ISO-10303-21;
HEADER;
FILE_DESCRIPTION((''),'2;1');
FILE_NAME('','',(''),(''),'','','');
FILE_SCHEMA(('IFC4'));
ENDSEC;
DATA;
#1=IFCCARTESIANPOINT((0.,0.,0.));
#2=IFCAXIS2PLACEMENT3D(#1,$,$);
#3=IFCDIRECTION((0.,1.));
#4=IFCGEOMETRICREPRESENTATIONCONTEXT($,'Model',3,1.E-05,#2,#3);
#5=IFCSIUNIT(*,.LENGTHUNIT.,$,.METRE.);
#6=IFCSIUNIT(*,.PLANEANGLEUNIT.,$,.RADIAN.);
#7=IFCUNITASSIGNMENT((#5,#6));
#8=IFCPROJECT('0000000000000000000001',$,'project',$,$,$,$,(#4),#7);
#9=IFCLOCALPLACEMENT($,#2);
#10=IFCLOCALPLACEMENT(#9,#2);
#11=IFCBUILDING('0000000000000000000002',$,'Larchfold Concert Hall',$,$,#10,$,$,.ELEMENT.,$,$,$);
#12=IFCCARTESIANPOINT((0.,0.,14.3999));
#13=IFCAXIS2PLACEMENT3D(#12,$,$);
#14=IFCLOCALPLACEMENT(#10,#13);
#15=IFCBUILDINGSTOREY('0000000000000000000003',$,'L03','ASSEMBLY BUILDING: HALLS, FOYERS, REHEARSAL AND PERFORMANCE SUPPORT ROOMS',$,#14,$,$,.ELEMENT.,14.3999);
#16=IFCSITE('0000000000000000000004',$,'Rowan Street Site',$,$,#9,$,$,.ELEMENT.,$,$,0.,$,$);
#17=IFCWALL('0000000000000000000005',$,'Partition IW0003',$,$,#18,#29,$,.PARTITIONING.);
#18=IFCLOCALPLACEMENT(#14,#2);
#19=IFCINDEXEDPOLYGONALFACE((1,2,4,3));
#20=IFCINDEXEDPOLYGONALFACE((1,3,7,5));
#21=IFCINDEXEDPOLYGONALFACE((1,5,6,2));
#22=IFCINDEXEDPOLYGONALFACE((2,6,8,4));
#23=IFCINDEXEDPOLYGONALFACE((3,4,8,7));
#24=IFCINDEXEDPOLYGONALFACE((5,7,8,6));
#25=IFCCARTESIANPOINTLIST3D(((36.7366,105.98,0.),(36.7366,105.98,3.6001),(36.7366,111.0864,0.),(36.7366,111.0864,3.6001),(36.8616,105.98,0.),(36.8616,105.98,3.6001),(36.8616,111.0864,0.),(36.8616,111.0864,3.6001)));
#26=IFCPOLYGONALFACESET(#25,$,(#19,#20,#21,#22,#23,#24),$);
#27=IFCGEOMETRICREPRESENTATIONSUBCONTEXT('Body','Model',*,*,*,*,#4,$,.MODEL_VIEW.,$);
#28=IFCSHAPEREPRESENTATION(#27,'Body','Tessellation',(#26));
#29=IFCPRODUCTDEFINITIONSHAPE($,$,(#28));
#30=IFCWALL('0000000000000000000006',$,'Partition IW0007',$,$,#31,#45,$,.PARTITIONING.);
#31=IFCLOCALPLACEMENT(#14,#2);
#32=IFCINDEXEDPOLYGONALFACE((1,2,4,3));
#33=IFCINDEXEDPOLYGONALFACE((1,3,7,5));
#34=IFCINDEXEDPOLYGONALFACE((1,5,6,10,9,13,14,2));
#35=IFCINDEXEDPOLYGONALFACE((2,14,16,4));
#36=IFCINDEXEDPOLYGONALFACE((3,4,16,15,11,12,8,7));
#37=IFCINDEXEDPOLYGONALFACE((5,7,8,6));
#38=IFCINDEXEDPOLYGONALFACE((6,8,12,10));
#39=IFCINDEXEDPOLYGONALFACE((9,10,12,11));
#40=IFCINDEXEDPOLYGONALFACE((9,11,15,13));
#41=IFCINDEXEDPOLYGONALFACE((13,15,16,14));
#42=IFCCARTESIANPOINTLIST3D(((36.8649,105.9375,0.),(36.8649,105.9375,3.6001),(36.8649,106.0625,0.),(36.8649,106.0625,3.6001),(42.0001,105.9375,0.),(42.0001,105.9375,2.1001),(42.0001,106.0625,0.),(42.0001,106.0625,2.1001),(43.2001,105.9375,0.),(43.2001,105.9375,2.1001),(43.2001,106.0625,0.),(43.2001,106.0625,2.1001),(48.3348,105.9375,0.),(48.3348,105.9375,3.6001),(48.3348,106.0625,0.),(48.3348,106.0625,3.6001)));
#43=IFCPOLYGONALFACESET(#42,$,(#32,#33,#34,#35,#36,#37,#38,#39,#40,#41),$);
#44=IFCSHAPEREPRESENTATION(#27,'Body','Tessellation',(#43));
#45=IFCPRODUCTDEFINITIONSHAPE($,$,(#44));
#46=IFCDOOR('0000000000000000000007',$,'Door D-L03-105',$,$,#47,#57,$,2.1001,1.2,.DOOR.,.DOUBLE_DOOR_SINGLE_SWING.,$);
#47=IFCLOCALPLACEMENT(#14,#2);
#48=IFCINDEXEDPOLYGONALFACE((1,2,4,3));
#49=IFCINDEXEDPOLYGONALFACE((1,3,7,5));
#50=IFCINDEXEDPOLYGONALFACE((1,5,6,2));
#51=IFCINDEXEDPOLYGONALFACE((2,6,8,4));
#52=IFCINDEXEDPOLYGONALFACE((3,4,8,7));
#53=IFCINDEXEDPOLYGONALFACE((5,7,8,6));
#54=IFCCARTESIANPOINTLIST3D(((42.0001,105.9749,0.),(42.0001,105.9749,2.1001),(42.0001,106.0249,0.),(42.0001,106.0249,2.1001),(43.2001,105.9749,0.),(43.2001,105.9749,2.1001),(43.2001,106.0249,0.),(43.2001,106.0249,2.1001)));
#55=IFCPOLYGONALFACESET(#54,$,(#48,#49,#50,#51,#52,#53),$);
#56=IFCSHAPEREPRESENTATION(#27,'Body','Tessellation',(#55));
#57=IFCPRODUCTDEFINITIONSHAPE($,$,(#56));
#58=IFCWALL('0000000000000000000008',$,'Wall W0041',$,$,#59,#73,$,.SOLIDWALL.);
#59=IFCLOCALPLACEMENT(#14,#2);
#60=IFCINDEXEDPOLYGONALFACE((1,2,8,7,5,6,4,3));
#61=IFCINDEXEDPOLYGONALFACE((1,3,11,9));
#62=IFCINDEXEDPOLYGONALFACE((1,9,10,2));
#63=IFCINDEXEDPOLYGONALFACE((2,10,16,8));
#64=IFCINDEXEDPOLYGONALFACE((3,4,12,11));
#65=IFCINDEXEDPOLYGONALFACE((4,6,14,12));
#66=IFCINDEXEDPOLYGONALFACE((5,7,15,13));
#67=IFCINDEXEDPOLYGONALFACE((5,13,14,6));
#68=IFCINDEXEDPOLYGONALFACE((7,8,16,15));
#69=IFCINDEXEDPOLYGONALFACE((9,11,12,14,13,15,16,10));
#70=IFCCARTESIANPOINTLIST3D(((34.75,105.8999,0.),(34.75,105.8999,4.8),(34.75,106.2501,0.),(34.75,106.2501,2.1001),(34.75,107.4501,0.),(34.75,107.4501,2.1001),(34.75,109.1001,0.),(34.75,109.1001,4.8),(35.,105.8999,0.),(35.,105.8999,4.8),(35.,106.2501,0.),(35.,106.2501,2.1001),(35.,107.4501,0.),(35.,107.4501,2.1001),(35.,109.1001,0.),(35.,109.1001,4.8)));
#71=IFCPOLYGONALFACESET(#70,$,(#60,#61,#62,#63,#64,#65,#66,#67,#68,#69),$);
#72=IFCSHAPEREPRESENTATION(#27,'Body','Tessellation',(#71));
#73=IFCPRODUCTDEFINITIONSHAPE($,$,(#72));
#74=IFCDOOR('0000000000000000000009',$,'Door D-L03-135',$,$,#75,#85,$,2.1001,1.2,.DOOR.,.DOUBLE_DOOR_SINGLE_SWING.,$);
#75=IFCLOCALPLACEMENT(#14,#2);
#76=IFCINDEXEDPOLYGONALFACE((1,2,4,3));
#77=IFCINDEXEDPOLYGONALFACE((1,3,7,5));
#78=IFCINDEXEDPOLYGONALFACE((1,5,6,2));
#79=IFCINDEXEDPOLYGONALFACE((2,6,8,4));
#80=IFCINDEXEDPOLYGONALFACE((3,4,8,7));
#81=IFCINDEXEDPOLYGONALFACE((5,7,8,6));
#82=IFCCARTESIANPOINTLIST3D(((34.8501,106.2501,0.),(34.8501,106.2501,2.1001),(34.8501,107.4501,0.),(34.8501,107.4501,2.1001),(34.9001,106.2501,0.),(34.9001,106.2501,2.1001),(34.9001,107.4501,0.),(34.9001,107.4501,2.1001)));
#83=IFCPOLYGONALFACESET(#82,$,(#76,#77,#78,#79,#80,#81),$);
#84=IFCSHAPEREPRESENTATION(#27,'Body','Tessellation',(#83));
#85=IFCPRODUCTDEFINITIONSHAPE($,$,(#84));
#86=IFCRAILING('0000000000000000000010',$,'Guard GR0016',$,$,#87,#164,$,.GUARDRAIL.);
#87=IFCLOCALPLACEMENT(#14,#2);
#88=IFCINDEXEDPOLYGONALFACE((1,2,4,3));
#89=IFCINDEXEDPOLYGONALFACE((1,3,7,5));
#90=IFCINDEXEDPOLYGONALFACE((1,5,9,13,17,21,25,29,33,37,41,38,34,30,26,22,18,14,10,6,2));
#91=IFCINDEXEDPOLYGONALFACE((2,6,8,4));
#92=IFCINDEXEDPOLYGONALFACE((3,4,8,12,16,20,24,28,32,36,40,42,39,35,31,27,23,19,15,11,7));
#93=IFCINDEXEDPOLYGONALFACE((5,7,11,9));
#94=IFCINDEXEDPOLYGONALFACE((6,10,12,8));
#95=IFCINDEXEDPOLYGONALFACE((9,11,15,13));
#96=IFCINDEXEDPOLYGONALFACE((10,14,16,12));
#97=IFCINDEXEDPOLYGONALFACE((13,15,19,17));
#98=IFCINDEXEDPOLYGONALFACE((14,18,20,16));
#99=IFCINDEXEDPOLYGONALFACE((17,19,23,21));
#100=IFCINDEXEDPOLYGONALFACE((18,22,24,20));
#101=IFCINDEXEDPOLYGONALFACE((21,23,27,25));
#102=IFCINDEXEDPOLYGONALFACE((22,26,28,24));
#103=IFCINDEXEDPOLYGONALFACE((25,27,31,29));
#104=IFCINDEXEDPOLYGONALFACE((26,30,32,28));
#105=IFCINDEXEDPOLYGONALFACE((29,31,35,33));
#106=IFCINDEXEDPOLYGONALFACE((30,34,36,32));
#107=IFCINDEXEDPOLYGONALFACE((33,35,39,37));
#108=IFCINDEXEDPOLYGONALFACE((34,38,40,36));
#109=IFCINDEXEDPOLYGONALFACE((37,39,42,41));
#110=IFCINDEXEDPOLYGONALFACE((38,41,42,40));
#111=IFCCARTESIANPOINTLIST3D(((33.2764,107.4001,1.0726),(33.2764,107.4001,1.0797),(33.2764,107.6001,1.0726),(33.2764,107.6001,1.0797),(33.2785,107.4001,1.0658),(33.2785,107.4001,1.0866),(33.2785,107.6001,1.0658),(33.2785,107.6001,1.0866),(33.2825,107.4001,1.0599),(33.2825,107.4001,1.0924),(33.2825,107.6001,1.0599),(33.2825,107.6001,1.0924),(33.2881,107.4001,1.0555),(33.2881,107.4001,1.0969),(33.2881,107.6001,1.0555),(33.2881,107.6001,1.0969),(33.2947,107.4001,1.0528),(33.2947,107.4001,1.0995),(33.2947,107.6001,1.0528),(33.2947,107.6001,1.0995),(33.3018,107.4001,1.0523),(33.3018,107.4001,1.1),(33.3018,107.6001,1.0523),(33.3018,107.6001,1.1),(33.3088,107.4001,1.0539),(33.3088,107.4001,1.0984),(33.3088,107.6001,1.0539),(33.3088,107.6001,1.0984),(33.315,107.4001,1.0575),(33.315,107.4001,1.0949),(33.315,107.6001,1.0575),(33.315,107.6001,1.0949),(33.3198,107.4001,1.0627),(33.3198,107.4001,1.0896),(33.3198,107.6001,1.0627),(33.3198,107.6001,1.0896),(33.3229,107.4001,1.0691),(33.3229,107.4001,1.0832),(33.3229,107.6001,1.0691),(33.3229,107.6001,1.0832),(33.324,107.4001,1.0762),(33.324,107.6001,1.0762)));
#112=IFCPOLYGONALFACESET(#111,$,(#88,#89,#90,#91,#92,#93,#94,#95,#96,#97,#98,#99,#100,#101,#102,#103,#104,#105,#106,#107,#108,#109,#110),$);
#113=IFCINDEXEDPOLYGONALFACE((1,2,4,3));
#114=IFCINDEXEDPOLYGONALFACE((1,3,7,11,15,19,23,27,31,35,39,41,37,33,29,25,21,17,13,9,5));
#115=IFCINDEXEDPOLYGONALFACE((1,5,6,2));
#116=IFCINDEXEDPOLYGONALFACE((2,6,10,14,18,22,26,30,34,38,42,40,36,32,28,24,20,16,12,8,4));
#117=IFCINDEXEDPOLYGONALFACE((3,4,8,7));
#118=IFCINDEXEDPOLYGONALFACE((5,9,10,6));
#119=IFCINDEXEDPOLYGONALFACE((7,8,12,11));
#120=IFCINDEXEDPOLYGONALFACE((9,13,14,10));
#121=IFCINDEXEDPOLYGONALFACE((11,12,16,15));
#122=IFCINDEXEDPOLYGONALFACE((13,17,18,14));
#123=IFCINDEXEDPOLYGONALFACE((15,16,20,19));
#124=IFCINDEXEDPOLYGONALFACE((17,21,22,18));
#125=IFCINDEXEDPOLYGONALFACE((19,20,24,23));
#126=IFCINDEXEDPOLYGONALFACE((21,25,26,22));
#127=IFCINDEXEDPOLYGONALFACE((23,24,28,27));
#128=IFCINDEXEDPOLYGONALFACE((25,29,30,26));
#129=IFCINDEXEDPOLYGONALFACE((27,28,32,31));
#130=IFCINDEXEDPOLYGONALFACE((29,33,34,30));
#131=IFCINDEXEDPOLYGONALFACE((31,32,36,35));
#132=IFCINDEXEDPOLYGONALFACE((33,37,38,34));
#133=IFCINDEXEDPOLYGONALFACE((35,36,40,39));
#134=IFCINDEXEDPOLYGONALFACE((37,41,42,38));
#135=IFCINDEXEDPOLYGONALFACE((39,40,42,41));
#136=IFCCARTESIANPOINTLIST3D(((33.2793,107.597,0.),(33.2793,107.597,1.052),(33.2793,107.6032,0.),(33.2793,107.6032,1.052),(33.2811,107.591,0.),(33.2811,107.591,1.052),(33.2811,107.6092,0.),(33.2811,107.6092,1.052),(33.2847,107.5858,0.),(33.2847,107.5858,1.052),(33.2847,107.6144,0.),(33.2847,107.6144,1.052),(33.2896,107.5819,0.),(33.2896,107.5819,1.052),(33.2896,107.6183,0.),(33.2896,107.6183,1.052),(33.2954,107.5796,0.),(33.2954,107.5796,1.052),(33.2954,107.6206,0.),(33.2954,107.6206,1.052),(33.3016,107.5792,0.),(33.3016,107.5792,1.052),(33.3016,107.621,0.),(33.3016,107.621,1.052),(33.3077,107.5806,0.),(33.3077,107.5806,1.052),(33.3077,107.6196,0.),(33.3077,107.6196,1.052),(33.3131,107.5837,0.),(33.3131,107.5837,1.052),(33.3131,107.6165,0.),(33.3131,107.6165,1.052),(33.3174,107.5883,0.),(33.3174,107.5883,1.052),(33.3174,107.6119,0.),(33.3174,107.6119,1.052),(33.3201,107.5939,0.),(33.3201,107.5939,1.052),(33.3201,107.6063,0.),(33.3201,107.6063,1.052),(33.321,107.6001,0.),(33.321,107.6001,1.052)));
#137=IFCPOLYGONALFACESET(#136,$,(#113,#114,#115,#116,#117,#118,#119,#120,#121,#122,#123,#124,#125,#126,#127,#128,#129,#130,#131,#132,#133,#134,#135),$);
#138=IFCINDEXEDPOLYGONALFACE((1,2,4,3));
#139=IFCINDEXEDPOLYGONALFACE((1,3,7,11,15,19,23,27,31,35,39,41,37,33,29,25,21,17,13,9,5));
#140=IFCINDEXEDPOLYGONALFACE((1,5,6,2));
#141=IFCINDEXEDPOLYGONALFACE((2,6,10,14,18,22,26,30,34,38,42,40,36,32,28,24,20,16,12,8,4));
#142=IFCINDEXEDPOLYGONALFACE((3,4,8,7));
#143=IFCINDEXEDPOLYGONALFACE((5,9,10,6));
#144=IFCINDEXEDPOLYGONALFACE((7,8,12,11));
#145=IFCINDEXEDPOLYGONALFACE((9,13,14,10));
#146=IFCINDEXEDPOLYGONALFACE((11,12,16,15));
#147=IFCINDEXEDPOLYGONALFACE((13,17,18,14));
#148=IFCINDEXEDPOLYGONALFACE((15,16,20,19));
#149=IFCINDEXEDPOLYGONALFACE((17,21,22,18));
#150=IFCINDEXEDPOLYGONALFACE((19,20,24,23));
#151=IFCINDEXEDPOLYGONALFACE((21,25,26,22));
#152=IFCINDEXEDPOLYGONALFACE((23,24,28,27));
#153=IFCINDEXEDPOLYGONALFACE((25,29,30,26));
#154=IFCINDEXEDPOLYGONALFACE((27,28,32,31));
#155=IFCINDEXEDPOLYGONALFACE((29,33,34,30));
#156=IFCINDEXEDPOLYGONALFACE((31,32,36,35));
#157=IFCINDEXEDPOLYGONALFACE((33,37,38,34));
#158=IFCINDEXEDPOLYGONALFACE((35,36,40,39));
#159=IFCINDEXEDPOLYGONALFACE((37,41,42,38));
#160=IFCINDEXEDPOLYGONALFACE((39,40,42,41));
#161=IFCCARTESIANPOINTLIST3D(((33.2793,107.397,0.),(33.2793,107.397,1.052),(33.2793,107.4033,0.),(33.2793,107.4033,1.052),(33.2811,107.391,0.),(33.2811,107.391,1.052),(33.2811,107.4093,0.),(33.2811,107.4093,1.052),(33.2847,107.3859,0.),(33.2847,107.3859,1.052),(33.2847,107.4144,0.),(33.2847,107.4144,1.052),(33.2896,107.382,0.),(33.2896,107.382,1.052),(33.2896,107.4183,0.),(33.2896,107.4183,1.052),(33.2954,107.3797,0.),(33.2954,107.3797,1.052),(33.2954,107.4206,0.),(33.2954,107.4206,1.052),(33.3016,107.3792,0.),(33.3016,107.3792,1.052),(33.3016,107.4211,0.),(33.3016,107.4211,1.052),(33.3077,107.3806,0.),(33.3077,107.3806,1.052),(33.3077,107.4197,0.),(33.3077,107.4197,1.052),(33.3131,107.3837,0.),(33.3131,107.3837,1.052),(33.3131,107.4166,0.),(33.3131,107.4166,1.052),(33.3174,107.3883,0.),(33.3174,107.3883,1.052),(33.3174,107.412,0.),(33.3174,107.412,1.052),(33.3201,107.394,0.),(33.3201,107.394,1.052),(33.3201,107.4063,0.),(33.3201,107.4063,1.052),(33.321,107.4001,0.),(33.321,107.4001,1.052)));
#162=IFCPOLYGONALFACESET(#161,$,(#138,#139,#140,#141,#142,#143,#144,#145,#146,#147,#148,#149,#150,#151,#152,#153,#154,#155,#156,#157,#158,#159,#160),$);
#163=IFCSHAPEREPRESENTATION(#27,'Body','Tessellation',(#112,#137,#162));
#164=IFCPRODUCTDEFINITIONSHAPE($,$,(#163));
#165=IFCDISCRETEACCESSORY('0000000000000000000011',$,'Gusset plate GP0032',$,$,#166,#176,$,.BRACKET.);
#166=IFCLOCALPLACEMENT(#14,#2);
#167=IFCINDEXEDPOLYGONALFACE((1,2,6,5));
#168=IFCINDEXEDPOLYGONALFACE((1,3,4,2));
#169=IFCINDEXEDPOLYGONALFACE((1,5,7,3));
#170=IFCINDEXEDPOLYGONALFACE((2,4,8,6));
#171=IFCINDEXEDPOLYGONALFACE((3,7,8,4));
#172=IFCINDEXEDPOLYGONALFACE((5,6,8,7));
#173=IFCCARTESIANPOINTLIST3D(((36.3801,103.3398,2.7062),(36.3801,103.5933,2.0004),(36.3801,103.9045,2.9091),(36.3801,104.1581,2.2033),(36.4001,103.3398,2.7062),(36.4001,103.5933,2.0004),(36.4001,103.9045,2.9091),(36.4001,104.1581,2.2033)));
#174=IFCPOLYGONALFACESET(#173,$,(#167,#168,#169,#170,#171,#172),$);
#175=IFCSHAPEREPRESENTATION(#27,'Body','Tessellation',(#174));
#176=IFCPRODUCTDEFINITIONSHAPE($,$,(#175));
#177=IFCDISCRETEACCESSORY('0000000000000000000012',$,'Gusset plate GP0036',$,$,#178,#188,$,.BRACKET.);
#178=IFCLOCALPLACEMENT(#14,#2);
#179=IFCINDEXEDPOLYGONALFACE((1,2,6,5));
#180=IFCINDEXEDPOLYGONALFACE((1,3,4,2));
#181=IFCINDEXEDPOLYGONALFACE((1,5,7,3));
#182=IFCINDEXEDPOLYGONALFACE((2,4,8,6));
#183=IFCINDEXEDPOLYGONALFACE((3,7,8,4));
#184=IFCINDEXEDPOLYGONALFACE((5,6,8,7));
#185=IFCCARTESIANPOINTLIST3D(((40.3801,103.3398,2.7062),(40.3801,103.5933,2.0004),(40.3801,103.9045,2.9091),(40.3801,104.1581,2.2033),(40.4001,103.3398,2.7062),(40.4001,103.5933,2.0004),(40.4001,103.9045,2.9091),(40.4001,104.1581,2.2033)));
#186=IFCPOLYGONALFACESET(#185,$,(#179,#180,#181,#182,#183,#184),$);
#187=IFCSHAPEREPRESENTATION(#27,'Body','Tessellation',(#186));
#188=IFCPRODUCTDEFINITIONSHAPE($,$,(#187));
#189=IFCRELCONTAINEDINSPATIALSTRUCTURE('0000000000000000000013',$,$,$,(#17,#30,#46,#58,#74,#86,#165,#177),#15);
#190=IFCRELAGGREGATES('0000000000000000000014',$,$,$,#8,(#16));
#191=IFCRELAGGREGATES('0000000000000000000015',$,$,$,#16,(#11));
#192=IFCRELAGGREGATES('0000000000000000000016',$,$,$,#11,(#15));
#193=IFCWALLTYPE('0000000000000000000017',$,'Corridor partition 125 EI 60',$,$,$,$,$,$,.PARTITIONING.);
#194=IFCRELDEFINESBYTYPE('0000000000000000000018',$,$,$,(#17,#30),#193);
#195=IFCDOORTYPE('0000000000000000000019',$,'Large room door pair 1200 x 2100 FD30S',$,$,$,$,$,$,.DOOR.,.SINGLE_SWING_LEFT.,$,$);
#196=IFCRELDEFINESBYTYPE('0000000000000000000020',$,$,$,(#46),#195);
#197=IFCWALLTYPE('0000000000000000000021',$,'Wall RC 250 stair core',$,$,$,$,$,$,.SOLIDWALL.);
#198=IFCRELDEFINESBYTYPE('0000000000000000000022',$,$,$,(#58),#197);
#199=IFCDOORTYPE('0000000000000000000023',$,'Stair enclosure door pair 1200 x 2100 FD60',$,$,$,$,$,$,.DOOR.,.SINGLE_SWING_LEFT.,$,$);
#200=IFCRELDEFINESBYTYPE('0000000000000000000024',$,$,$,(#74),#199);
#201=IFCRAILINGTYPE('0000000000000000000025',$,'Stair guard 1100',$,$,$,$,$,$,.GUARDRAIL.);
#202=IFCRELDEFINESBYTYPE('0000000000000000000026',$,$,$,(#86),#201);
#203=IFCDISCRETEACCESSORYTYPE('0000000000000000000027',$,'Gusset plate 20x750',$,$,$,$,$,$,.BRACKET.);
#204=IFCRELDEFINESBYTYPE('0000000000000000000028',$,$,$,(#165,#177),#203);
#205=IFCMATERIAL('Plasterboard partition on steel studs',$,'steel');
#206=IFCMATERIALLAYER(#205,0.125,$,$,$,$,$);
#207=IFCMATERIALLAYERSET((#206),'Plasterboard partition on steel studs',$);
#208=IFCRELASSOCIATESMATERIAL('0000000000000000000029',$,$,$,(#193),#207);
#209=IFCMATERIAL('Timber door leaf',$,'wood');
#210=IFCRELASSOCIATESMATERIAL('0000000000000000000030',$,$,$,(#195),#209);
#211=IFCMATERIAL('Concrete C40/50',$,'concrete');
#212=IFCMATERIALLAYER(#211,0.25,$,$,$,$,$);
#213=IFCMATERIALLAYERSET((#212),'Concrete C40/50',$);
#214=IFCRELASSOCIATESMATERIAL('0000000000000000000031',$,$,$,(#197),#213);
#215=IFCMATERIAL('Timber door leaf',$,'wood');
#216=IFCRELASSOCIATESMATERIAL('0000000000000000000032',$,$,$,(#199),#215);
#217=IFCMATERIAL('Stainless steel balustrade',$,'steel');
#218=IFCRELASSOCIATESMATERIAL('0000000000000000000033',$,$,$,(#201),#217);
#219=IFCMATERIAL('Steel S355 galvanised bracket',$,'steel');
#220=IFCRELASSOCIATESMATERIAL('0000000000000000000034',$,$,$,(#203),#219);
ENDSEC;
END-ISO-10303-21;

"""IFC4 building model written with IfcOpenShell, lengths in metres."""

from ifc_helpers import new_model, si_unit, direction, frame, frame_2d, origin, origin_2d, place, context, subcontext, project, spatial, rectangle, circle, extrude, material, layer, layer_set, material_profile, profile_set, type_object, element, fill, save


model = new_model("IFC4")

# Units and contexts
model_context = context("Model", 3, precision=1e-05, world=origin(), true_north=direction((0.0, 1.0)))
body_context = subcontext(model_context, "Body", "Model", "MODEL_VIEW")
ifc_project = project(units=[si_unit("LENGTHUNIT", "METRE"), si_unit("PLANEANGLEUNIT", "RADIAN")], contexts=[model_context])

# Site, building, storey
site_placement = place(None, origin())
site = spatial("IfcSite", under=ifc_project, at=site_placement, Name="Rowan Street Site", CompositionType="ELEMENT", RefElevation=0.0)
building_placement = place(site_placement, origin())
building = spatial("IfcBuilding", under=site, at=building_placement, Name="Larchfold Concert Hall", CompositionType="ELEMENT")
storey_placement = place(building_placement, frame((0.0, 0.0, 14.3999)))
storey = spatial("IfcBuildingStorey", under=building, at=storey_placement, Name="L03", Description="ASSEMBLY BUILDING: HALLS, FOYERS, REHEARSAL AND PERFORMANCE SUPPORT ROOMS", CompositionType="ELEMENT", Elevation=14.3999)

# Wall
ifc_material_1 = material(Name="Plasterboard partition on steel studs", Category="steel")
ifc_layer_1 = layer(ifc_material_1, 0.125)
ifc_layer_set_1 = layer_set([ifc_layer_1], Name="Plasterboard partition on steel studs")
wall_type_1 = type_object("IfcWallType", Name="Corridor partition 125 EI 60", PredefinedType="PARTITIONING", material=ifc_layer_set_1)
wall_1_placement = place(storey_placement, frame((36.7991, 111.0864, 0.0), z_axis=(0.0, 0.0, 1.0), x_axis=(0.0, -1.0, 0.0)))
element("IfcWall", 1, at=wall_1_placement, inside=storey, type_object=wall_type_1, Name="Partition IW0003", PredefinedType="PARTITIONING", context=body_context, shape_type="SweptSolid", body=[
    extrude(rectangle(XDim=5.1064, YDim=0.125, at=frame_2d((2.5532, 0.0))), origin(), (0.0, 0.0, 1.0), 3.6001),
])

# Walls, openings, doors
wall_2_placement = place(storey_placement, frame((36.865, 106.0, 0.0), z_axis=(0.0, 0.0, 1.0), x_axis=(1.0, 0.0, 0.0)))
wall_2 = element("IfcWall", 2, at=wall_2_placement, inside=storey, type_object=wall_type_1, Name="Partition IW0007", PredefinedType="PARTITIONING", context=body_context, shape_type="SweptSolid", body=[
    extrude(rectangle(XDim=11.47, YDim=0.125, at=frame_2d((5.7349, 0.0))), origin(), (0.0, 0.0, 1.0), 3.6001),
])
opening_1_placement = place(wall_2_placement, frame((5.135, 0.0, 0.0)))
opening_1 = element("IfcOpeningElement", 3, at=opening_1_placement, cuts=wall_2, PredefinedType="OPENING", context=body_context, shape_type="SweptSolid", body=[
    extrude(rectangle(XDim=1.2, YDim=2.1001, at=frame_2d((0.6001, 1.05))), frame((0.0, 0.0725, 0.0), z_axis=(0.0, -1.0, 0.0), x_axis=(1.0, 0.0, 0.0)), (0.0, 0.0, 1.0), 0.145),
])
ifc_material_2 = material(Name="Timber door leaf", Category="wood")
door_type_1 = type_object("IfcDoorType", Name="Large room door pair 1200 x 2100 FD30S", OperationType="SINGLE_SWING_LEFT", PredefinedType="DOOR", material=ifc_material_2)
door_1_placement = place(opening_1_placement, origin())
door_1 = element("IfcDoor", 4, at=door_1_placement, inside=storey, type_object=door_type_1, Name="Door D-L03-105", OperationType="DOUBLE_DOOR_SINGLE_SWING", OverallHeight=2.1001, OverallWidth=1.2, PredefinedType="DOOR", context=body_context, shape_type="SweptSolid", body=[
    extrude(rectangle(XDim=1.2, YDim=2.1001, at=frame_2d((0.6001, 1.05))), frame((0.0, 0.0249, 0.0), z_axis=(0.0, -1.0, 0.0), x_axis=(1.0, 0.0, 0.0)), (0.0, 0.0, 1.0), 0.05),
])
fill(opening_1, door_1)
ifc_material_3 = material(Name="Concrete C40/50", Category="concrete")
ifc_layer_2 = layer(ifc_material_3, 0.25)
ifc_layer_set_2 = layer_set([ifc_layer_2], Name="Concrete C40/50")
wall_type_2 = type_object("IfcWallType", Name="Wall RC 250 stair core", PredefinedType="SOLIDWALL", material=ifc_layer_set_2)
wall_3_placement = place(storey_placement, frame((34.875, 105.8999, 0.0), z_axis=(0.0, 0.0, 1.0), x_axis=(0.0, 1.0, 0.0)))
wall_3 = element("IfcWall", 5, at=wall_3_placement, inside=storey, type_object=wall_type_2, Name="Wall W0041", PredefinedType="SOLIDWALL", context=body_context, shape_type="SweptSolid", body=[
    extrude(rectangle(XDim=3.2002, YDim=0.25, at=frame_2d((1.6001, 0.0))), origin(), (0.0, 0.0, 1.0), 4.8),
])
opening_2_placement = place(wall_3_placement, frame((0.3501, 0.0, 0.0)))
opening_2 = element("IfcOpeningElement", 6, at=opening_2_placement, cuts=wall_3, PredefinedType="OPENING", context=body_context, shape_type="SweptSolid", body=[
    extrude(rectangle(XDim=1.2, YDim=2.1001, at=frame_2d((0.6001, 1.05))), frame((0.0, 0.135, 0.0), z_axis=(0.0, -1.0, 0.0), x_axis=(1.0, 0.0, 0.0)), (0.0, 0.0, 1.0), 0.27),
])
ifc_material_4 = material(Name="Timber door leaf", Category="wood")
door_type_2 = type_object("IfcDoorType", Name="Stair enclosure door pair 1200 x 2100 FD60", OperationType="SINGLE_SWING_LEFT", PredefinedType="DOOR", material=ifc_material_4)
door_2_placement = place(opening_2_placement, origin())
door_2 = element("IfcDoor", 7, at=door_2_placement, inside=storey, type_object=door_type_2, Name="Door D-L03-135", OperationType="DOUBLE_DOOR_SINGLE_SWING", OverallHeight=2.1001, OverallWidth=1.2, PredefinedType="DOOR", context=body_context, shape_type="SweptSolid", body=[
    extrude(rectangle(XDim=1.2, YDim=2.1001, at=frame_2d((0.6001, 1.05))), frame((0.0, 0.0249, 0.0), z_axis=(0.0, -1.0, 0.0), x_axis=(1.0, 0.0, 0.0)), (0.0, 0.0, 1.0), 0.05),
])
fill(opening_2, door_2)

# Railing
ifc_material_5 = material(Name="Stainless steel balustrade", Category="steel")
railing_type = type_object("IfcRailingType", Name="Stair guard 1100", PredefinedType="GUARDRAIL", material=ifc_material_5)
railing_placement = place(storey_placement, frame((33.3, 107.6001, 0.0)))
element("IfcRailing", 8, at=railing_placement, inside=storey, type_object=railing_type, Name="Guard GR0016", PredefinedType="GUARDRAIL", context=body_context, shape_type="SweptSolid", body=[
    extrude(circle(Radius=0.0239, at=origin_2d()), frame((0.0, 0.0, 1.0762), z_axis=(0.0, -1.0, 0.0), x_axis=(1.0, 0.0, 0.0)), (0.0, 0.0, 1.0), 0.2),
    extrude(circle(Radius=0.021, at=origin_2d()), origin(), (0.0, 0.0, 1.0), 1.052),
    extrude(circle(Radius=0.021, at=origin_2d()), frame((0.0, -0.2, 0.0)), (0.0, 0.0, 1.0), 1.052),
])

# Discrete accessories
ifc_material_6 = material(Name="Steel S355 galvanised bracket", Category="steel")
ifc_material_profile_1 = material_profile(ifc_material_6, rectangle(XDim=0.02, YDim=0.75, at=origin_2d()))
ifc_profile_set_1 = profile_set([ifc_material_profile_1], Name="Steel S355 galvanised bracket")
discrete_accessory_type = type_object("IfcDiscreteAccessoryType", Name="Gusset plate 20x750", PredefinedType="BRACKET", material=ifc_profile_set_1)
for number, where, z_axis, x_axis, name in (
    (9, (36.3901, 103.4666, 2.3533), (0.0, 0.941105, 0.338114), (-1.0, 0.0, 0.0), "Gusset plate GP0032"),
    (10, (40.3901, 103.4666, 2.3533), (0.0, 0.941105, 0.338114), (-1.0, 0.0, 0.0), "Gusset plate GP0036"),
):
    element("IfcDiscreteAccessory", number, at=place(storey_placement, frame(where, z_axis=z_axis, x_axis=x_axis)), inside=storey, type_object=discrete_accessory_type, Name=name, PredefinedType="BRACKET", context=body_context, shape_type="SweptSolid", body=[
        extrude(rectangle(XDim=0.02, YDim=0.75, at=origin_2d()), origin(), (0.0, 0.0, 1.0), 0.6001),
    ])

save(model, "model.ifc")
